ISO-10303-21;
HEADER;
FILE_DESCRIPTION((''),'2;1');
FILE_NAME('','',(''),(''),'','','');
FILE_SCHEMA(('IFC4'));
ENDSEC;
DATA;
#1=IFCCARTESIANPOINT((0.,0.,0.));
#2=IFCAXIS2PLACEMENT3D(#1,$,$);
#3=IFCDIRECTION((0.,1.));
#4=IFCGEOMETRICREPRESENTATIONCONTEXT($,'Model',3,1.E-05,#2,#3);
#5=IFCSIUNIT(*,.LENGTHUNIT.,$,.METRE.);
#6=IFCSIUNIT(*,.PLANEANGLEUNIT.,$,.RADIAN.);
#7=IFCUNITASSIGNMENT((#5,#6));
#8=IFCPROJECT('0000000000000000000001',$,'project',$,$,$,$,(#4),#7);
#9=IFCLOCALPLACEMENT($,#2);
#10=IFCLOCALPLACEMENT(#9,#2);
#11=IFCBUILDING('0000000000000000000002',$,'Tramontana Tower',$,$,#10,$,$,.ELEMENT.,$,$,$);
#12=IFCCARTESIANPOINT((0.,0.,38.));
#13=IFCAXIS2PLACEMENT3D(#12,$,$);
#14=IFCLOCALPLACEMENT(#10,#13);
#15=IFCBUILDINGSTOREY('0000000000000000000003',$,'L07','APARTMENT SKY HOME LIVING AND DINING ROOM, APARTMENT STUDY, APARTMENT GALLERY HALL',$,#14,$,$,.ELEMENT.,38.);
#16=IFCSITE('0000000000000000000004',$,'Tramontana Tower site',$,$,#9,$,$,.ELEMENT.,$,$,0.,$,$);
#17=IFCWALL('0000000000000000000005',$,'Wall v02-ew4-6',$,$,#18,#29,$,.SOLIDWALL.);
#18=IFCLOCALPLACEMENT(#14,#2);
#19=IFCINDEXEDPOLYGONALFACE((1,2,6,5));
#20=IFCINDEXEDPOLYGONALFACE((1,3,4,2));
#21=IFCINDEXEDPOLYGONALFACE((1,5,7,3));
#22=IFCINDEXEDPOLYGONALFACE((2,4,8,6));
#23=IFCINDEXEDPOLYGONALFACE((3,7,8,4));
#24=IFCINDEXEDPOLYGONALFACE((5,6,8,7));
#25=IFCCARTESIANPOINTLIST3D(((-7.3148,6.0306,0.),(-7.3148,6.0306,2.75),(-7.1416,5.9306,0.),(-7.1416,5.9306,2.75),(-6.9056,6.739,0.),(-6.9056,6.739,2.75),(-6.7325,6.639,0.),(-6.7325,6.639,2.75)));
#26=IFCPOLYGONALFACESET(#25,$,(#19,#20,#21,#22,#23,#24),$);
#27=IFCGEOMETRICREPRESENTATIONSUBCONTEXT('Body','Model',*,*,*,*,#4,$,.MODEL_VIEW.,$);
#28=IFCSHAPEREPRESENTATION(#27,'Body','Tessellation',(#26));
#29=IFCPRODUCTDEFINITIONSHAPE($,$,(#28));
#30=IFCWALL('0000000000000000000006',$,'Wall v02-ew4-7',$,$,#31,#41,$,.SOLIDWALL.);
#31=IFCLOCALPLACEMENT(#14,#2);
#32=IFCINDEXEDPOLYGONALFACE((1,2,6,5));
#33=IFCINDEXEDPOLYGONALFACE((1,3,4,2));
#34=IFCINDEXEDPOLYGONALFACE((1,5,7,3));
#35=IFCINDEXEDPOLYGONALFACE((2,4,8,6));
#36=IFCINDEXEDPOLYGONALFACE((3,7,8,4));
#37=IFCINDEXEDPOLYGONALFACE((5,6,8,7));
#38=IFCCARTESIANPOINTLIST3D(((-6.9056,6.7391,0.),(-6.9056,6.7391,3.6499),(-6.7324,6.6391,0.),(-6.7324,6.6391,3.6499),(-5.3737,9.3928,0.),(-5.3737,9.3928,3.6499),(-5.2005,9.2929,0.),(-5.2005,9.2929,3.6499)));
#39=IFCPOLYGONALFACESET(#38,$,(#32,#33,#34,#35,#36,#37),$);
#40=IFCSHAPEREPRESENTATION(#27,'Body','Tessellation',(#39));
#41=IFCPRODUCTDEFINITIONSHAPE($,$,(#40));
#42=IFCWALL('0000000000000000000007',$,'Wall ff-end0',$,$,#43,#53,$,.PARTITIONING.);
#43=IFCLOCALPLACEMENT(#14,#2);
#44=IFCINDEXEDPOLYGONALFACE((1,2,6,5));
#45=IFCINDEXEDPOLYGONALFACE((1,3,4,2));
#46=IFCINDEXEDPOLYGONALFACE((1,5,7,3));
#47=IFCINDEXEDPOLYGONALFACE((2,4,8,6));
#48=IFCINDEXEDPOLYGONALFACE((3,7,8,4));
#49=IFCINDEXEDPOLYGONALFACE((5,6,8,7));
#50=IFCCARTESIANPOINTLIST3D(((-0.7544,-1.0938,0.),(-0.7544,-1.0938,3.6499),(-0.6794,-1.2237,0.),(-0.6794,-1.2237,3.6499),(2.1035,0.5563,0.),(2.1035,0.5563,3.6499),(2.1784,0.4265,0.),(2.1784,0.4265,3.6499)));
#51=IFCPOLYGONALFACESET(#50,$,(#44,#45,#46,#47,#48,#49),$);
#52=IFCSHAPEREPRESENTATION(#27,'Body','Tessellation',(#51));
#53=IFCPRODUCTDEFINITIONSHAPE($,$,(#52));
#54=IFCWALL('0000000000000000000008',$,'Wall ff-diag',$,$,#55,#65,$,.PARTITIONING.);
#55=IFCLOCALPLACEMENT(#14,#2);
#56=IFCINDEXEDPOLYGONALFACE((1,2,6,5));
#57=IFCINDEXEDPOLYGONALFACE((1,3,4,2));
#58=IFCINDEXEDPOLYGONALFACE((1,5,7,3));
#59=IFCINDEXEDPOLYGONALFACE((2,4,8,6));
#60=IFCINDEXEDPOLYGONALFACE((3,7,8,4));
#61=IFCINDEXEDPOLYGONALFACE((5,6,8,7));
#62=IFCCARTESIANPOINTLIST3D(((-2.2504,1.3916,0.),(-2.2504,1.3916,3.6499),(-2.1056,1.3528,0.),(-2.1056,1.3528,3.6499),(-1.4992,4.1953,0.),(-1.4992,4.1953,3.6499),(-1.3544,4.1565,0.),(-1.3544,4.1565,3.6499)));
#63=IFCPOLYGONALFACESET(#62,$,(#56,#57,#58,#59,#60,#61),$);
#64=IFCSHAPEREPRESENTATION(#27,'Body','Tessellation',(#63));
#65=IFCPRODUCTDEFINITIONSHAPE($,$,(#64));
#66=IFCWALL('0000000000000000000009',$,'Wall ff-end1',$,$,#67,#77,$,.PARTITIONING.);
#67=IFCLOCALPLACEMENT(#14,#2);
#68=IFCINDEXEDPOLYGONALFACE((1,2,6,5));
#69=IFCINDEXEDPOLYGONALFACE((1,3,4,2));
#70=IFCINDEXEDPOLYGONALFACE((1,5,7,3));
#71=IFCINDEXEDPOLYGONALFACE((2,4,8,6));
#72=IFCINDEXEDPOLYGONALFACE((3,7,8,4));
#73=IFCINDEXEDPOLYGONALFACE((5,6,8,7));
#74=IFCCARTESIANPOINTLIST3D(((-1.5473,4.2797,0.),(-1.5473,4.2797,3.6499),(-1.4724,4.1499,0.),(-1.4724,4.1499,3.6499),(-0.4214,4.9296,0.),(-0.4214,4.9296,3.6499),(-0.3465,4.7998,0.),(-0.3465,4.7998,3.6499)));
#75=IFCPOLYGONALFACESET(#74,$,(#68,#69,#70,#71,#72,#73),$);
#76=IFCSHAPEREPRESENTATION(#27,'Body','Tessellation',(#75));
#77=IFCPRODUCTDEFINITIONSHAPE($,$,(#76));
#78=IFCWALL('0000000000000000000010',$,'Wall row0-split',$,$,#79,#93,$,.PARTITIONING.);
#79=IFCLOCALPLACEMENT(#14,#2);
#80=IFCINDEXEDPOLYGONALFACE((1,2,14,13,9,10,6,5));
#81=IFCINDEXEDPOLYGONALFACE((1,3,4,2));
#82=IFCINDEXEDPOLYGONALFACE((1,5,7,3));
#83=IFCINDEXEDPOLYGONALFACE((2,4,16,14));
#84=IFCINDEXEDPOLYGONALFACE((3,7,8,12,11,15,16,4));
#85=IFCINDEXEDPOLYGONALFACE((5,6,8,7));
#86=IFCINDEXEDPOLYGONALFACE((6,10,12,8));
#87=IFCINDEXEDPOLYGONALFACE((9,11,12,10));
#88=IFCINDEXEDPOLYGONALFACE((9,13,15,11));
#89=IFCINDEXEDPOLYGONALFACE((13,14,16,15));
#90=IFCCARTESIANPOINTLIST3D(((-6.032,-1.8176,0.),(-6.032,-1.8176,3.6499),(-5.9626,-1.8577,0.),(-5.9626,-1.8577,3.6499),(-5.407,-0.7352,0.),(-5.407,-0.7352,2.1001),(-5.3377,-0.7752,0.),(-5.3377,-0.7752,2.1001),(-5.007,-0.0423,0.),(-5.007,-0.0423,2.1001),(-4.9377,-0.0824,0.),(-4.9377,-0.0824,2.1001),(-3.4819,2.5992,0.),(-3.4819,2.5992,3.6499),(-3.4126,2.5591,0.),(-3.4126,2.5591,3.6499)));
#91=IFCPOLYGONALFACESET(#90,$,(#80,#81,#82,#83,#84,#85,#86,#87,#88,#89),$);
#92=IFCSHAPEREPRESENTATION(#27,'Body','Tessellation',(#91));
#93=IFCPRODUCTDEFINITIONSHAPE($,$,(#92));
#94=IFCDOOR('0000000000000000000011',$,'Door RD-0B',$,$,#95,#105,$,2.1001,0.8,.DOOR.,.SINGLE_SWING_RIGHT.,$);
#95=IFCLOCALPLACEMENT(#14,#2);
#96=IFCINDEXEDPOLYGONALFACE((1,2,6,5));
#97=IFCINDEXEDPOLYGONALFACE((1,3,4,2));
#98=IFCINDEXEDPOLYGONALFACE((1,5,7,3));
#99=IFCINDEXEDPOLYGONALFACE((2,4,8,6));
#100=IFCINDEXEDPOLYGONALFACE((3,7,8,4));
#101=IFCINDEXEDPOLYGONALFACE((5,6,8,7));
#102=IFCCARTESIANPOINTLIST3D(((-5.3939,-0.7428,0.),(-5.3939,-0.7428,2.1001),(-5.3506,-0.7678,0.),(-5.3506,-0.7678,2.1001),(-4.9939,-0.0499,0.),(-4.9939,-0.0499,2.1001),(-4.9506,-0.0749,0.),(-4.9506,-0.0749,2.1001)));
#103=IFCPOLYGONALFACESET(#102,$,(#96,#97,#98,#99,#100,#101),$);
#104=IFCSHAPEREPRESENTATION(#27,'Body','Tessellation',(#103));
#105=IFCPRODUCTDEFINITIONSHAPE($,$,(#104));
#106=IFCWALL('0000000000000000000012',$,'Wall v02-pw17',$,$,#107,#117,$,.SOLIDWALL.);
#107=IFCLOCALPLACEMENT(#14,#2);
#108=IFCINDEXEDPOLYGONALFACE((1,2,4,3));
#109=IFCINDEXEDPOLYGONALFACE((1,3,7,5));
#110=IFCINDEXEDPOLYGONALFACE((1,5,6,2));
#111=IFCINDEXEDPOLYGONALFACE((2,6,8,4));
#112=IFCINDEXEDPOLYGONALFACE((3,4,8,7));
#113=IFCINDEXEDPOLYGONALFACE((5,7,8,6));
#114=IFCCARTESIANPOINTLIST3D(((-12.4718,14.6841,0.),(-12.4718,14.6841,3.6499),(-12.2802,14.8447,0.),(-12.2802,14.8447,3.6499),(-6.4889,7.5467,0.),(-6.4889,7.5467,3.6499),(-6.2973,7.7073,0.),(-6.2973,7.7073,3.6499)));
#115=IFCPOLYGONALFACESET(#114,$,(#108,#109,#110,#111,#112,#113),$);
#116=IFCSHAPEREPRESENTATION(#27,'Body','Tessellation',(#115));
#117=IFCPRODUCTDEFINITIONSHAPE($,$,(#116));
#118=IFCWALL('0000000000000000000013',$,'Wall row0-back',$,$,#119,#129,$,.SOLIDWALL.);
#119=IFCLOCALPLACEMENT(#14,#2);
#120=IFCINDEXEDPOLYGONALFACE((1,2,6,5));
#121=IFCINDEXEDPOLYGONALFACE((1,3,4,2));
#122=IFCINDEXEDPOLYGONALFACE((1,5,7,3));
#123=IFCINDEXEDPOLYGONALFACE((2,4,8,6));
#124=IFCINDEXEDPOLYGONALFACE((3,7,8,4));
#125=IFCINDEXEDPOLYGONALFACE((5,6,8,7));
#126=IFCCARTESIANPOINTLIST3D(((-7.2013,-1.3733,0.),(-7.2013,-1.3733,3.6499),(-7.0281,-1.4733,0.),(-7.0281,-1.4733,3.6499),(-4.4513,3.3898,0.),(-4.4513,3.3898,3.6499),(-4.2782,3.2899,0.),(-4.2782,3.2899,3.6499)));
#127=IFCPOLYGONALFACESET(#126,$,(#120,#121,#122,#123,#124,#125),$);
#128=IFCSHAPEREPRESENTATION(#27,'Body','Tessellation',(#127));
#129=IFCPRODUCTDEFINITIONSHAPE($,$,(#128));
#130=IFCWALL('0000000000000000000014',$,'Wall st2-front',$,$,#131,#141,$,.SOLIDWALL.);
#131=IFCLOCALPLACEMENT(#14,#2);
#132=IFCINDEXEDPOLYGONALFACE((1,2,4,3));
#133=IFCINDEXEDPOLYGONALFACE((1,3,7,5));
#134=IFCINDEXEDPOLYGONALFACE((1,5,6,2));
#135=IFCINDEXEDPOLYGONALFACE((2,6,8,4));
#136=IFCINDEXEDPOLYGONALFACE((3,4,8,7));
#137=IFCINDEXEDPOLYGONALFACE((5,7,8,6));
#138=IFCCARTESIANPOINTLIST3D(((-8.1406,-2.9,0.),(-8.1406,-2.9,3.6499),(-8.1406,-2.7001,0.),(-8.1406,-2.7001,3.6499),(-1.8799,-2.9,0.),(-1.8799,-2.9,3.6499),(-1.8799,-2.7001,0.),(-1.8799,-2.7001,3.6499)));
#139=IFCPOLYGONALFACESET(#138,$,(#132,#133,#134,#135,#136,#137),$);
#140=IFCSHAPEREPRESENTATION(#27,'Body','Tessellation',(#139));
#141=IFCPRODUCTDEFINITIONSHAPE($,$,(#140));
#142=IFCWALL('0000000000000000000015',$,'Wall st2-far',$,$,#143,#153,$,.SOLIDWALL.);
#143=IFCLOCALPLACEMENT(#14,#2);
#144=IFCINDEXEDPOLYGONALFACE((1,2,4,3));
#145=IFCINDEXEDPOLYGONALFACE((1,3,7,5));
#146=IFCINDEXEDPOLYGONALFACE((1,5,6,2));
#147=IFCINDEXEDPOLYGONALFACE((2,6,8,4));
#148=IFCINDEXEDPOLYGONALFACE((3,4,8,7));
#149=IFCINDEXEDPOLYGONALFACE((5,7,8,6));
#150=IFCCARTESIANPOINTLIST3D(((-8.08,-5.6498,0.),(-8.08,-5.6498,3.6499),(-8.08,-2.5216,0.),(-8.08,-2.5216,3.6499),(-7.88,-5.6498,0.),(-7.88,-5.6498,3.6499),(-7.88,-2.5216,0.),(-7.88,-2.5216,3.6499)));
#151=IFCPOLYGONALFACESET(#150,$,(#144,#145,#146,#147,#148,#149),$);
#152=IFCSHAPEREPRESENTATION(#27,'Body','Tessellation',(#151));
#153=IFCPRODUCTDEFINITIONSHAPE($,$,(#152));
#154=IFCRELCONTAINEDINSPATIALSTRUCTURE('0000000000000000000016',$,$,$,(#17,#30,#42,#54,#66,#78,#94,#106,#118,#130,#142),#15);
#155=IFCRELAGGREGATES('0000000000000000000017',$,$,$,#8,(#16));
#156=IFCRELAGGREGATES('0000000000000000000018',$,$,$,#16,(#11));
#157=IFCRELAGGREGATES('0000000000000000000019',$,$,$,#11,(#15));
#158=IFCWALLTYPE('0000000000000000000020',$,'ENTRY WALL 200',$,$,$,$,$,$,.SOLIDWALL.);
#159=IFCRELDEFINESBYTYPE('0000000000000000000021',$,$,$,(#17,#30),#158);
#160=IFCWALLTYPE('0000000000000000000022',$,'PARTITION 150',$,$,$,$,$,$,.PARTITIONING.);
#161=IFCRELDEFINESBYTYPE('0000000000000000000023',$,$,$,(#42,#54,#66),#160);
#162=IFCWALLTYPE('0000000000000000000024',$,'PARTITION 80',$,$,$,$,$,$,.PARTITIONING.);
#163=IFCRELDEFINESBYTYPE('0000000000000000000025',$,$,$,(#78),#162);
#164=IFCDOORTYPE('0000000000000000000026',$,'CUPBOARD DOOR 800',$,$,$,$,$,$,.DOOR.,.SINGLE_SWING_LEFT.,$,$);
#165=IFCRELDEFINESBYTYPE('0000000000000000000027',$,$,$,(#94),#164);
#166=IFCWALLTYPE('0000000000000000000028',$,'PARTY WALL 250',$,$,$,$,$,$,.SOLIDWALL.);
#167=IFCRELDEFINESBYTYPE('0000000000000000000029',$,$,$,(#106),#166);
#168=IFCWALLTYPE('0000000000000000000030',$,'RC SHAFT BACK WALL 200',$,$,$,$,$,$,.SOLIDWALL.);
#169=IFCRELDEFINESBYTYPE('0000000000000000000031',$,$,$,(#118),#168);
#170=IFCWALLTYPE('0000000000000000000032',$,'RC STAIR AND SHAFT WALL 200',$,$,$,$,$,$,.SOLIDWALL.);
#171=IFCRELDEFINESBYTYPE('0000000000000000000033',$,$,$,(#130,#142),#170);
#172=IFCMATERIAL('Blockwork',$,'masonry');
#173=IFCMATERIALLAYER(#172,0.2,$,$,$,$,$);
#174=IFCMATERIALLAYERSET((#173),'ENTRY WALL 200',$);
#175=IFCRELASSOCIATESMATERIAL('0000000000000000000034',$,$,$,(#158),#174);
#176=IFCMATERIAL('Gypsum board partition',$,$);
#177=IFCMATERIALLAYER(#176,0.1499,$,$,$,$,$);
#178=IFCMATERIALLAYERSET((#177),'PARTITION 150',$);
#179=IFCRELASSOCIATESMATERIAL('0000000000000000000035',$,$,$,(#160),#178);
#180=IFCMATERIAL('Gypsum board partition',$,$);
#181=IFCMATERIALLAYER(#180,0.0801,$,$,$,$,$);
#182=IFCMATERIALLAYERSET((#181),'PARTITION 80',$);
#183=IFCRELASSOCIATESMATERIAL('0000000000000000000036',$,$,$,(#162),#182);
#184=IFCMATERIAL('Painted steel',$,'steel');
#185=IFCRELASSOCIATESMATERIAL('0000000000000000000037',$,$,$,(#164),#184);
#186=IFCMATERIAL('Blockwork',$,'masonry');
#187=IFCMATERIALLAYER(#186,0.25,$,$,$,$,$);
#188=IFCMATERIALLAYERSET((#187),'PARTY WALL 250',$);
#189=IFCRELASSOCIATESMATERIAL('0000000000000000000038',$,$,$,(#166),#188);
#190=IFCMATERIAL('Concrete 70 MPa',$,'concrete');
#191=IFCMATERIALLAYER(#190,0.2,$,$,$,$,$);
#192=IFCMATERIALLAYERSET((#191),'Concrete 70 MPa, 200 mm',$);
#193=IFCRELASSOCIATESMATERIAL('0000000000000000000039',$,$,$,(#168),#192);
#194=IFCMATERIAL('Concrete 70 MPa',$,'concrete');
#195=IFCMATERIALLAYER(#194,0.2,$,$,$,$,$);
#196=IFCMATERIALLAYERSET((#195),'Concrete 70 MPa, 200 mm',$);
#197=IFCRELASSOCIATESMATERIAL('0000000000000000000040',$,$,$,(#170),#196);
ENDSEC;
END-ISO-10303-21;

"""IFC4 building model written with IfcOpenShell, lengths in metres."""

from ifc_helpers import new_model, si_unit, direction, frame, frame_2d, origin, place, context, subcontext, project, spatial, rectangle, extrude, material, layer, layer_set, type_object, element, fill, save


model = new_model("IFC4")

# Units and contexts
model_context = context("Model", 3, precision=1e-05, world=origin(), true_north=direction((0.0, 1.0)))
body_context = subcontext(model_context, "Body", "Model", "MODEL_VIEW")
ifc_project = project(units=[si_unit("LENGTHUNIT", "METRE"), si_unit("PLANEANGLEUNIT", "RADIAN")], contexts=[model_context])

# Site, building, storey
site_placement = place(None, origin())
site = spatial("IfcSite", under=ifc_project, at=site_placement, Name="Tramontana Tower site", CompositionType="ELEMENT", RefElevation=0.0)
building_placement = place(site_placement, origin())
building = spatial("IfcBuilding", under=site, at=building_placement, Name="Tramontana Tower", CompositionType="ELEMENT")
storey_placement = place(building_placement, frame((0.0, 0.0, 38.0)))
storey = spatial("IfcBuildingStorey", under=building, at=storey_placement, Name="L07", Description="APARTMENT SKY HOME LIVING AND DINING ROOM, APARTMENT STUDY, APARTMENT GALLERY HALL", CompositionType="ELEMENT", Elevation=38.0)

# Walls
ifc_material_1 = material(Name="Blockwork", Category="masonry")
ifc_layer_1 = layer(ifc_material_1, 0.2)
ifc_layer_set_1 = layer_set([ifc_layer_1], Name="ENTRY WALL 200")
wall_type_1 = type_object("IfcWallType", Name="ENTRY WALL 200", PredefinedType="SOLIDWALL", material=ifc_layer_set_1)
wall_1_placement = place(storey_placement, frame((-7.2283, 5.9805, 0.0), z_axis=(0.0, 0.0, 1.0), x_axis=(0.500119, 0.865957, 0.0)))
element("IfcWall", 1, at=wall_1_placement, inside=storey, type_object=wall_type_1, Name="Wall v02-ew4-6", PredefinedType="SOLIDWALL", context=body_context, shape_type="SweptSolid", body=[
    extrude(rectangle(XDim=0.8181, YDim=0.2, at=frame_2d((0.4092, 0.0))), origin(), (0.0, 0.0, 1.0), 2.75),
])
wall_2_placement = place(storey_placement, frame((-6.8191, 6.689, 0.0), z_axis=(0.0, 0.0, 1.0), x_axis=(0.499952, 0.866053, 0.0)))
element("IfcWall", 2, at=wall_2_placement, inside=storey, type_object=wall_type_1, Name="Wall v02-ew4-7", PredefinedType="SOLIDWALL", context=body_context, shape_type="SweptSolid", body=[
    extrude(rectangle(XDim=3.0642, YDim=0.2, at=frame_2d((1.5322, 0.0))), origin(), (0.0, 0.0, 1.0), 3.6499),
])

# Shared definitions
ifc_material_2 = material(Name="Gypsum board partition")
ifc_layer_2 = layer(ifc_material_2, 0.1499)
ifc_layer_set_2 = layer_set([ifc_layer_2], Name="PARTITION 150")
wall_type_2 = type_object("IfcWallType", Name="PARTITION 150", PredefinedType="PARTITIONING", material=ifc_layer_set_2)

# Walls
wall_3_placement = place(storey_placement, frame((-0.7168, -1.1587, 0.0), z_axis=(0.0, 0.0, 1.0), x_axis=(0.866008, 0.50003, 0.0)))
element("IfcWall", 3, at=wall_3_placement, inside=storey, type_object=wall_type_2, Name="Wall ff-end0", PredefinedType="PARTITIONING", context=body_context, shape_type="SweptSolid", body=[
    extrude(rectangle(XDim=3.3, YDim=0.1499, at=frame_2d((1.6499, 0.0))), origin(), (0.0, 0.0, 1.0), 3.6499),
])
wall_4_placement = place(storey_placement, frame((-2.178, 1.3723, 0.0), z_axis=(0.0, 0.0, 1.0), x_axis=(0.258809, 0.965929, 0.0)))
element("IfcWall", 4, at=wall_4_placement, inside=storey, type_object=wall_type_2, Name="Wall ff-diag", PredefinedType="PARTITIONING", context=body_context, shape_type="SweptSolid", body=[
    extrude(rectangle(XDim=2.9026, YDim=0.1499, at=frame_2d((1.4512, 0.0))), origin(), (0.0, 0.0, 1.0), 3.6499),
])
wall_5_placement = place(storey_placement, frame((-1.5098, 4.2148, 0.0), z_axis=(0.0, 0.0, 1.0), x_axis=(0.866086, 0.499896, 0.0)))
element("IfcWall", 5, at=wall_5_placement, inside=storey, type_object=wall_type_2, Name="Wall ff-end1", PredefinedType="PARTITIONING", context=body_context, shape_type="SweptSolid", body=[
    extrude(rectangle(XDim=1.3, YDim=0.1499, at=frame_2d((0.6499, 0.0))), origin(), (0.0, 0.0, 1.0), 3.6499),
])

# Wall, opening, door
ifc_material_3 = material(Name="Gypsum board partition")
ifc_layer_3 = layer(ifc_material_3, 0.0801)
ifc_layer_set_3 = layer_set([ifc_layer_3], Name="PARTITION 80")
wall_type_3 = type_object("IfcWallType", Name="PARTITION 80", PredefinedType="PARTITIONING", material=ifc_layer_set_3)
wall_6_placement = place(storey_placement, frame((-5.9973, -1.8376, 0.0), z_axis=(0.0, 0.0, 1.0), x_axis=(0.500006, 0.866022, 0.0)))
wall_6 = element("IfcWall", 6, at=wall_6_placement, inside=storey, type_object=wall_type_3, Name="Wall row0-split", PredefinedType="PARTITIONING", context=body_context, shape_type="SweptSolid", body=[
    extrude(rectangle(XDim=5.1001, YDim=0.0801, at=frame_2d((2.55, 0.0))), origin(), (0.0, 0.0, 1.0), 3.6499),
])
opening_1_placement = place(wall_6_placement, frame((1.25, 0.0, 0.0)))
opening_1 = element("IfcOpeningElement", 7, at=opening_1_placement, cuts=wall_6, PredefinedType="OPENING", context=body_context, shape_type="SweptSolid", body=[
    extrude(rectangle(XDim=0.8, YDim=2.1001, at=frame_2d((0.3999, 1.05))), frame((0.0, 0.05, 0.0), z_axis=(0.0, -1.0, 0.0), x_axis=(1.0, 0.0, 0.0)), (0.0, 0.0, 1.0), 0.1001),
])
ifc_material_4 = material(Name="Painted steel", Category="steel")
door_type_1 = type_object("IfcDoorType", Name="CUPBOARD DOOR 800", OperationType="SINGLE_SWING_LEFT", PredefinedType="DOOR", material=ifc_material_4)
door_1_placement = place(opening_1_placement, origin())
door_1 = element("IfcDoor", 8, at=door_1_placement, inside=storey, type_object=door_type_1, Name="Door RD-0B", OperationType="SINGLE_SWING_RIGHT", OverallHeight=2.1001, OverallWidth=0.8, PredefinedType="DOOR", context=body_context, shape_type="SweptSolid", body=[
    extrude(rectangle(XDim=0.8, YDim=2.1001, at=frame_2d((0.3999, 1.05))), frame((0.0, 0.0249, 0.0), z_axis=(0.0, -1.0, 0.0), x_axis=(1.0, 0.0, 0.0)), (0.0, 0.0, 1.0), 0.05),
])
fill(opening_1, door_1)

# Walls
ifc_material_5 = material(Name="Blockwork", Category="masonry")
ifc_layer_4 = layer(ifc_material_5, 0.25)
ifc_layer_set_4 = layer_set([ifc_layer_4], Name="PARTY WALL 250")
wall_type_4 = type_object("IfcWallType", Name="PARTY WALL 250", PredefinedType="SOLIDWALL", material=ifc_layer_set_4)
wall_7_placement = place(storey_placement, frame((-6.3931, 7.627, 0.0), z_axis=(0.0, 0.0, 1.0), x_axis=(-0.642402, 0.766368, 0.0)))
element("IfcWall", 9, at=wall_7_placement, inside=storey, type_object=wall_type_4, Name="Wall v02-pw17", PredefinedType="SOLIDWALL", context=body_context, shape_type="SweptSolid", body=[
    extrude(rectangle(XDim=9.3132, YDim=0.25, at=frame_2d((4.6567, 0.0))), origin(), (0.0, 0.0, 1.0), 3.6499),
])
ifc_material_6 = material(Name="Concrete 70 MPa", Category="concrete")
ifc_layer_5 = layer(ifc_material_6, 0.2)
ifc_layer_set_5 = layer_set([ifc_layer_5], Name="Concrete 70 MPa, 200 mm")
wall_type_5 = type_object("IfcWallType", Name="RC SHAFT BACK WALL 200", PredefinedType="SOLIDWALL", material=ifc_layer_set_5)
wall_8_placement = place(storey_placement, frame((-4.3647, 3.3398, 0.0), z_axis=(0.0, 0.0, 1.0), x_axis=(-0.499997, -0.866027, 0.0)))
element("IfcWall", 10, at=wall_8_placement, inside=storey, type_object=wall_type_5, Name="Wall row0-back", PredefinedType="SOLIDWALL", context=body_context, shape_type="SweptSolid", body=[
    extrude(rectangle(XDim=5.5, YDim=0.2, at=frame_2d((2.75, 0.0))), origin(), (0.0, 0.0, 1.0), 3.6499),
])

# Shared definitions
ifc_material_7 = material(Name="Concrete 70 MPa", Category="concrete")
ifc_layer_6 = layer(ifc_material_7, 0.2)
ifc_layer_set_6 = layer_set([ifc_layer_6], Name="Concrete 70 MPa, 200 mm")
wall_type_6 = type_object("IfcWallType", Name="RC STAIR AND SHAFT WALL 200", PredefinedType="SOLIDWALL", material=ifc_layer_set_6)

# Walls
wall_9_placement = place(storey_placement, frame((-8.1406, -2.8, 0.0), z_axis=(0.0, 0.0, 1.0), x_axis=(1.0, 0.0, 0.0)))
element("IfcWall", 11, at=wall_9_placement, inside=storey, type_object=wall_type_6, Name="Wall st2-front", PredefinedType="SOLIDWALL", context=body_context, shape_type="SweptSolid", body=[
    extrude(rectangle(XDim=6.2607, YDim=0.2, at=frame_2d((3.1304, 0.0))), origin(), (0.0, 0.0, 1.0), 3.6499),
])
wall_10_placement = place(storey_placement, frame((-7.98, -2.5217, 0.0), z_axis=(0.0, 0.0, 1.0), x_axis=(0.0, -1.0, 0.0)))
element("IfcWall", 12, at=wall_10_placement, inside=storey, type_object=wall_type_6, Name="Wall st2-far", PredefinedType="SOLIDWALL", context=body_context, shape_type="SweptSolid", body=[
    extrude(rectangle(XDim=3.1282, YDim=0.2, at=frame_2d((1.564, 0.0))), origin(), (0.0, 0.0, 1.0), 3.6499),
])

save(model, "model.ifc")
